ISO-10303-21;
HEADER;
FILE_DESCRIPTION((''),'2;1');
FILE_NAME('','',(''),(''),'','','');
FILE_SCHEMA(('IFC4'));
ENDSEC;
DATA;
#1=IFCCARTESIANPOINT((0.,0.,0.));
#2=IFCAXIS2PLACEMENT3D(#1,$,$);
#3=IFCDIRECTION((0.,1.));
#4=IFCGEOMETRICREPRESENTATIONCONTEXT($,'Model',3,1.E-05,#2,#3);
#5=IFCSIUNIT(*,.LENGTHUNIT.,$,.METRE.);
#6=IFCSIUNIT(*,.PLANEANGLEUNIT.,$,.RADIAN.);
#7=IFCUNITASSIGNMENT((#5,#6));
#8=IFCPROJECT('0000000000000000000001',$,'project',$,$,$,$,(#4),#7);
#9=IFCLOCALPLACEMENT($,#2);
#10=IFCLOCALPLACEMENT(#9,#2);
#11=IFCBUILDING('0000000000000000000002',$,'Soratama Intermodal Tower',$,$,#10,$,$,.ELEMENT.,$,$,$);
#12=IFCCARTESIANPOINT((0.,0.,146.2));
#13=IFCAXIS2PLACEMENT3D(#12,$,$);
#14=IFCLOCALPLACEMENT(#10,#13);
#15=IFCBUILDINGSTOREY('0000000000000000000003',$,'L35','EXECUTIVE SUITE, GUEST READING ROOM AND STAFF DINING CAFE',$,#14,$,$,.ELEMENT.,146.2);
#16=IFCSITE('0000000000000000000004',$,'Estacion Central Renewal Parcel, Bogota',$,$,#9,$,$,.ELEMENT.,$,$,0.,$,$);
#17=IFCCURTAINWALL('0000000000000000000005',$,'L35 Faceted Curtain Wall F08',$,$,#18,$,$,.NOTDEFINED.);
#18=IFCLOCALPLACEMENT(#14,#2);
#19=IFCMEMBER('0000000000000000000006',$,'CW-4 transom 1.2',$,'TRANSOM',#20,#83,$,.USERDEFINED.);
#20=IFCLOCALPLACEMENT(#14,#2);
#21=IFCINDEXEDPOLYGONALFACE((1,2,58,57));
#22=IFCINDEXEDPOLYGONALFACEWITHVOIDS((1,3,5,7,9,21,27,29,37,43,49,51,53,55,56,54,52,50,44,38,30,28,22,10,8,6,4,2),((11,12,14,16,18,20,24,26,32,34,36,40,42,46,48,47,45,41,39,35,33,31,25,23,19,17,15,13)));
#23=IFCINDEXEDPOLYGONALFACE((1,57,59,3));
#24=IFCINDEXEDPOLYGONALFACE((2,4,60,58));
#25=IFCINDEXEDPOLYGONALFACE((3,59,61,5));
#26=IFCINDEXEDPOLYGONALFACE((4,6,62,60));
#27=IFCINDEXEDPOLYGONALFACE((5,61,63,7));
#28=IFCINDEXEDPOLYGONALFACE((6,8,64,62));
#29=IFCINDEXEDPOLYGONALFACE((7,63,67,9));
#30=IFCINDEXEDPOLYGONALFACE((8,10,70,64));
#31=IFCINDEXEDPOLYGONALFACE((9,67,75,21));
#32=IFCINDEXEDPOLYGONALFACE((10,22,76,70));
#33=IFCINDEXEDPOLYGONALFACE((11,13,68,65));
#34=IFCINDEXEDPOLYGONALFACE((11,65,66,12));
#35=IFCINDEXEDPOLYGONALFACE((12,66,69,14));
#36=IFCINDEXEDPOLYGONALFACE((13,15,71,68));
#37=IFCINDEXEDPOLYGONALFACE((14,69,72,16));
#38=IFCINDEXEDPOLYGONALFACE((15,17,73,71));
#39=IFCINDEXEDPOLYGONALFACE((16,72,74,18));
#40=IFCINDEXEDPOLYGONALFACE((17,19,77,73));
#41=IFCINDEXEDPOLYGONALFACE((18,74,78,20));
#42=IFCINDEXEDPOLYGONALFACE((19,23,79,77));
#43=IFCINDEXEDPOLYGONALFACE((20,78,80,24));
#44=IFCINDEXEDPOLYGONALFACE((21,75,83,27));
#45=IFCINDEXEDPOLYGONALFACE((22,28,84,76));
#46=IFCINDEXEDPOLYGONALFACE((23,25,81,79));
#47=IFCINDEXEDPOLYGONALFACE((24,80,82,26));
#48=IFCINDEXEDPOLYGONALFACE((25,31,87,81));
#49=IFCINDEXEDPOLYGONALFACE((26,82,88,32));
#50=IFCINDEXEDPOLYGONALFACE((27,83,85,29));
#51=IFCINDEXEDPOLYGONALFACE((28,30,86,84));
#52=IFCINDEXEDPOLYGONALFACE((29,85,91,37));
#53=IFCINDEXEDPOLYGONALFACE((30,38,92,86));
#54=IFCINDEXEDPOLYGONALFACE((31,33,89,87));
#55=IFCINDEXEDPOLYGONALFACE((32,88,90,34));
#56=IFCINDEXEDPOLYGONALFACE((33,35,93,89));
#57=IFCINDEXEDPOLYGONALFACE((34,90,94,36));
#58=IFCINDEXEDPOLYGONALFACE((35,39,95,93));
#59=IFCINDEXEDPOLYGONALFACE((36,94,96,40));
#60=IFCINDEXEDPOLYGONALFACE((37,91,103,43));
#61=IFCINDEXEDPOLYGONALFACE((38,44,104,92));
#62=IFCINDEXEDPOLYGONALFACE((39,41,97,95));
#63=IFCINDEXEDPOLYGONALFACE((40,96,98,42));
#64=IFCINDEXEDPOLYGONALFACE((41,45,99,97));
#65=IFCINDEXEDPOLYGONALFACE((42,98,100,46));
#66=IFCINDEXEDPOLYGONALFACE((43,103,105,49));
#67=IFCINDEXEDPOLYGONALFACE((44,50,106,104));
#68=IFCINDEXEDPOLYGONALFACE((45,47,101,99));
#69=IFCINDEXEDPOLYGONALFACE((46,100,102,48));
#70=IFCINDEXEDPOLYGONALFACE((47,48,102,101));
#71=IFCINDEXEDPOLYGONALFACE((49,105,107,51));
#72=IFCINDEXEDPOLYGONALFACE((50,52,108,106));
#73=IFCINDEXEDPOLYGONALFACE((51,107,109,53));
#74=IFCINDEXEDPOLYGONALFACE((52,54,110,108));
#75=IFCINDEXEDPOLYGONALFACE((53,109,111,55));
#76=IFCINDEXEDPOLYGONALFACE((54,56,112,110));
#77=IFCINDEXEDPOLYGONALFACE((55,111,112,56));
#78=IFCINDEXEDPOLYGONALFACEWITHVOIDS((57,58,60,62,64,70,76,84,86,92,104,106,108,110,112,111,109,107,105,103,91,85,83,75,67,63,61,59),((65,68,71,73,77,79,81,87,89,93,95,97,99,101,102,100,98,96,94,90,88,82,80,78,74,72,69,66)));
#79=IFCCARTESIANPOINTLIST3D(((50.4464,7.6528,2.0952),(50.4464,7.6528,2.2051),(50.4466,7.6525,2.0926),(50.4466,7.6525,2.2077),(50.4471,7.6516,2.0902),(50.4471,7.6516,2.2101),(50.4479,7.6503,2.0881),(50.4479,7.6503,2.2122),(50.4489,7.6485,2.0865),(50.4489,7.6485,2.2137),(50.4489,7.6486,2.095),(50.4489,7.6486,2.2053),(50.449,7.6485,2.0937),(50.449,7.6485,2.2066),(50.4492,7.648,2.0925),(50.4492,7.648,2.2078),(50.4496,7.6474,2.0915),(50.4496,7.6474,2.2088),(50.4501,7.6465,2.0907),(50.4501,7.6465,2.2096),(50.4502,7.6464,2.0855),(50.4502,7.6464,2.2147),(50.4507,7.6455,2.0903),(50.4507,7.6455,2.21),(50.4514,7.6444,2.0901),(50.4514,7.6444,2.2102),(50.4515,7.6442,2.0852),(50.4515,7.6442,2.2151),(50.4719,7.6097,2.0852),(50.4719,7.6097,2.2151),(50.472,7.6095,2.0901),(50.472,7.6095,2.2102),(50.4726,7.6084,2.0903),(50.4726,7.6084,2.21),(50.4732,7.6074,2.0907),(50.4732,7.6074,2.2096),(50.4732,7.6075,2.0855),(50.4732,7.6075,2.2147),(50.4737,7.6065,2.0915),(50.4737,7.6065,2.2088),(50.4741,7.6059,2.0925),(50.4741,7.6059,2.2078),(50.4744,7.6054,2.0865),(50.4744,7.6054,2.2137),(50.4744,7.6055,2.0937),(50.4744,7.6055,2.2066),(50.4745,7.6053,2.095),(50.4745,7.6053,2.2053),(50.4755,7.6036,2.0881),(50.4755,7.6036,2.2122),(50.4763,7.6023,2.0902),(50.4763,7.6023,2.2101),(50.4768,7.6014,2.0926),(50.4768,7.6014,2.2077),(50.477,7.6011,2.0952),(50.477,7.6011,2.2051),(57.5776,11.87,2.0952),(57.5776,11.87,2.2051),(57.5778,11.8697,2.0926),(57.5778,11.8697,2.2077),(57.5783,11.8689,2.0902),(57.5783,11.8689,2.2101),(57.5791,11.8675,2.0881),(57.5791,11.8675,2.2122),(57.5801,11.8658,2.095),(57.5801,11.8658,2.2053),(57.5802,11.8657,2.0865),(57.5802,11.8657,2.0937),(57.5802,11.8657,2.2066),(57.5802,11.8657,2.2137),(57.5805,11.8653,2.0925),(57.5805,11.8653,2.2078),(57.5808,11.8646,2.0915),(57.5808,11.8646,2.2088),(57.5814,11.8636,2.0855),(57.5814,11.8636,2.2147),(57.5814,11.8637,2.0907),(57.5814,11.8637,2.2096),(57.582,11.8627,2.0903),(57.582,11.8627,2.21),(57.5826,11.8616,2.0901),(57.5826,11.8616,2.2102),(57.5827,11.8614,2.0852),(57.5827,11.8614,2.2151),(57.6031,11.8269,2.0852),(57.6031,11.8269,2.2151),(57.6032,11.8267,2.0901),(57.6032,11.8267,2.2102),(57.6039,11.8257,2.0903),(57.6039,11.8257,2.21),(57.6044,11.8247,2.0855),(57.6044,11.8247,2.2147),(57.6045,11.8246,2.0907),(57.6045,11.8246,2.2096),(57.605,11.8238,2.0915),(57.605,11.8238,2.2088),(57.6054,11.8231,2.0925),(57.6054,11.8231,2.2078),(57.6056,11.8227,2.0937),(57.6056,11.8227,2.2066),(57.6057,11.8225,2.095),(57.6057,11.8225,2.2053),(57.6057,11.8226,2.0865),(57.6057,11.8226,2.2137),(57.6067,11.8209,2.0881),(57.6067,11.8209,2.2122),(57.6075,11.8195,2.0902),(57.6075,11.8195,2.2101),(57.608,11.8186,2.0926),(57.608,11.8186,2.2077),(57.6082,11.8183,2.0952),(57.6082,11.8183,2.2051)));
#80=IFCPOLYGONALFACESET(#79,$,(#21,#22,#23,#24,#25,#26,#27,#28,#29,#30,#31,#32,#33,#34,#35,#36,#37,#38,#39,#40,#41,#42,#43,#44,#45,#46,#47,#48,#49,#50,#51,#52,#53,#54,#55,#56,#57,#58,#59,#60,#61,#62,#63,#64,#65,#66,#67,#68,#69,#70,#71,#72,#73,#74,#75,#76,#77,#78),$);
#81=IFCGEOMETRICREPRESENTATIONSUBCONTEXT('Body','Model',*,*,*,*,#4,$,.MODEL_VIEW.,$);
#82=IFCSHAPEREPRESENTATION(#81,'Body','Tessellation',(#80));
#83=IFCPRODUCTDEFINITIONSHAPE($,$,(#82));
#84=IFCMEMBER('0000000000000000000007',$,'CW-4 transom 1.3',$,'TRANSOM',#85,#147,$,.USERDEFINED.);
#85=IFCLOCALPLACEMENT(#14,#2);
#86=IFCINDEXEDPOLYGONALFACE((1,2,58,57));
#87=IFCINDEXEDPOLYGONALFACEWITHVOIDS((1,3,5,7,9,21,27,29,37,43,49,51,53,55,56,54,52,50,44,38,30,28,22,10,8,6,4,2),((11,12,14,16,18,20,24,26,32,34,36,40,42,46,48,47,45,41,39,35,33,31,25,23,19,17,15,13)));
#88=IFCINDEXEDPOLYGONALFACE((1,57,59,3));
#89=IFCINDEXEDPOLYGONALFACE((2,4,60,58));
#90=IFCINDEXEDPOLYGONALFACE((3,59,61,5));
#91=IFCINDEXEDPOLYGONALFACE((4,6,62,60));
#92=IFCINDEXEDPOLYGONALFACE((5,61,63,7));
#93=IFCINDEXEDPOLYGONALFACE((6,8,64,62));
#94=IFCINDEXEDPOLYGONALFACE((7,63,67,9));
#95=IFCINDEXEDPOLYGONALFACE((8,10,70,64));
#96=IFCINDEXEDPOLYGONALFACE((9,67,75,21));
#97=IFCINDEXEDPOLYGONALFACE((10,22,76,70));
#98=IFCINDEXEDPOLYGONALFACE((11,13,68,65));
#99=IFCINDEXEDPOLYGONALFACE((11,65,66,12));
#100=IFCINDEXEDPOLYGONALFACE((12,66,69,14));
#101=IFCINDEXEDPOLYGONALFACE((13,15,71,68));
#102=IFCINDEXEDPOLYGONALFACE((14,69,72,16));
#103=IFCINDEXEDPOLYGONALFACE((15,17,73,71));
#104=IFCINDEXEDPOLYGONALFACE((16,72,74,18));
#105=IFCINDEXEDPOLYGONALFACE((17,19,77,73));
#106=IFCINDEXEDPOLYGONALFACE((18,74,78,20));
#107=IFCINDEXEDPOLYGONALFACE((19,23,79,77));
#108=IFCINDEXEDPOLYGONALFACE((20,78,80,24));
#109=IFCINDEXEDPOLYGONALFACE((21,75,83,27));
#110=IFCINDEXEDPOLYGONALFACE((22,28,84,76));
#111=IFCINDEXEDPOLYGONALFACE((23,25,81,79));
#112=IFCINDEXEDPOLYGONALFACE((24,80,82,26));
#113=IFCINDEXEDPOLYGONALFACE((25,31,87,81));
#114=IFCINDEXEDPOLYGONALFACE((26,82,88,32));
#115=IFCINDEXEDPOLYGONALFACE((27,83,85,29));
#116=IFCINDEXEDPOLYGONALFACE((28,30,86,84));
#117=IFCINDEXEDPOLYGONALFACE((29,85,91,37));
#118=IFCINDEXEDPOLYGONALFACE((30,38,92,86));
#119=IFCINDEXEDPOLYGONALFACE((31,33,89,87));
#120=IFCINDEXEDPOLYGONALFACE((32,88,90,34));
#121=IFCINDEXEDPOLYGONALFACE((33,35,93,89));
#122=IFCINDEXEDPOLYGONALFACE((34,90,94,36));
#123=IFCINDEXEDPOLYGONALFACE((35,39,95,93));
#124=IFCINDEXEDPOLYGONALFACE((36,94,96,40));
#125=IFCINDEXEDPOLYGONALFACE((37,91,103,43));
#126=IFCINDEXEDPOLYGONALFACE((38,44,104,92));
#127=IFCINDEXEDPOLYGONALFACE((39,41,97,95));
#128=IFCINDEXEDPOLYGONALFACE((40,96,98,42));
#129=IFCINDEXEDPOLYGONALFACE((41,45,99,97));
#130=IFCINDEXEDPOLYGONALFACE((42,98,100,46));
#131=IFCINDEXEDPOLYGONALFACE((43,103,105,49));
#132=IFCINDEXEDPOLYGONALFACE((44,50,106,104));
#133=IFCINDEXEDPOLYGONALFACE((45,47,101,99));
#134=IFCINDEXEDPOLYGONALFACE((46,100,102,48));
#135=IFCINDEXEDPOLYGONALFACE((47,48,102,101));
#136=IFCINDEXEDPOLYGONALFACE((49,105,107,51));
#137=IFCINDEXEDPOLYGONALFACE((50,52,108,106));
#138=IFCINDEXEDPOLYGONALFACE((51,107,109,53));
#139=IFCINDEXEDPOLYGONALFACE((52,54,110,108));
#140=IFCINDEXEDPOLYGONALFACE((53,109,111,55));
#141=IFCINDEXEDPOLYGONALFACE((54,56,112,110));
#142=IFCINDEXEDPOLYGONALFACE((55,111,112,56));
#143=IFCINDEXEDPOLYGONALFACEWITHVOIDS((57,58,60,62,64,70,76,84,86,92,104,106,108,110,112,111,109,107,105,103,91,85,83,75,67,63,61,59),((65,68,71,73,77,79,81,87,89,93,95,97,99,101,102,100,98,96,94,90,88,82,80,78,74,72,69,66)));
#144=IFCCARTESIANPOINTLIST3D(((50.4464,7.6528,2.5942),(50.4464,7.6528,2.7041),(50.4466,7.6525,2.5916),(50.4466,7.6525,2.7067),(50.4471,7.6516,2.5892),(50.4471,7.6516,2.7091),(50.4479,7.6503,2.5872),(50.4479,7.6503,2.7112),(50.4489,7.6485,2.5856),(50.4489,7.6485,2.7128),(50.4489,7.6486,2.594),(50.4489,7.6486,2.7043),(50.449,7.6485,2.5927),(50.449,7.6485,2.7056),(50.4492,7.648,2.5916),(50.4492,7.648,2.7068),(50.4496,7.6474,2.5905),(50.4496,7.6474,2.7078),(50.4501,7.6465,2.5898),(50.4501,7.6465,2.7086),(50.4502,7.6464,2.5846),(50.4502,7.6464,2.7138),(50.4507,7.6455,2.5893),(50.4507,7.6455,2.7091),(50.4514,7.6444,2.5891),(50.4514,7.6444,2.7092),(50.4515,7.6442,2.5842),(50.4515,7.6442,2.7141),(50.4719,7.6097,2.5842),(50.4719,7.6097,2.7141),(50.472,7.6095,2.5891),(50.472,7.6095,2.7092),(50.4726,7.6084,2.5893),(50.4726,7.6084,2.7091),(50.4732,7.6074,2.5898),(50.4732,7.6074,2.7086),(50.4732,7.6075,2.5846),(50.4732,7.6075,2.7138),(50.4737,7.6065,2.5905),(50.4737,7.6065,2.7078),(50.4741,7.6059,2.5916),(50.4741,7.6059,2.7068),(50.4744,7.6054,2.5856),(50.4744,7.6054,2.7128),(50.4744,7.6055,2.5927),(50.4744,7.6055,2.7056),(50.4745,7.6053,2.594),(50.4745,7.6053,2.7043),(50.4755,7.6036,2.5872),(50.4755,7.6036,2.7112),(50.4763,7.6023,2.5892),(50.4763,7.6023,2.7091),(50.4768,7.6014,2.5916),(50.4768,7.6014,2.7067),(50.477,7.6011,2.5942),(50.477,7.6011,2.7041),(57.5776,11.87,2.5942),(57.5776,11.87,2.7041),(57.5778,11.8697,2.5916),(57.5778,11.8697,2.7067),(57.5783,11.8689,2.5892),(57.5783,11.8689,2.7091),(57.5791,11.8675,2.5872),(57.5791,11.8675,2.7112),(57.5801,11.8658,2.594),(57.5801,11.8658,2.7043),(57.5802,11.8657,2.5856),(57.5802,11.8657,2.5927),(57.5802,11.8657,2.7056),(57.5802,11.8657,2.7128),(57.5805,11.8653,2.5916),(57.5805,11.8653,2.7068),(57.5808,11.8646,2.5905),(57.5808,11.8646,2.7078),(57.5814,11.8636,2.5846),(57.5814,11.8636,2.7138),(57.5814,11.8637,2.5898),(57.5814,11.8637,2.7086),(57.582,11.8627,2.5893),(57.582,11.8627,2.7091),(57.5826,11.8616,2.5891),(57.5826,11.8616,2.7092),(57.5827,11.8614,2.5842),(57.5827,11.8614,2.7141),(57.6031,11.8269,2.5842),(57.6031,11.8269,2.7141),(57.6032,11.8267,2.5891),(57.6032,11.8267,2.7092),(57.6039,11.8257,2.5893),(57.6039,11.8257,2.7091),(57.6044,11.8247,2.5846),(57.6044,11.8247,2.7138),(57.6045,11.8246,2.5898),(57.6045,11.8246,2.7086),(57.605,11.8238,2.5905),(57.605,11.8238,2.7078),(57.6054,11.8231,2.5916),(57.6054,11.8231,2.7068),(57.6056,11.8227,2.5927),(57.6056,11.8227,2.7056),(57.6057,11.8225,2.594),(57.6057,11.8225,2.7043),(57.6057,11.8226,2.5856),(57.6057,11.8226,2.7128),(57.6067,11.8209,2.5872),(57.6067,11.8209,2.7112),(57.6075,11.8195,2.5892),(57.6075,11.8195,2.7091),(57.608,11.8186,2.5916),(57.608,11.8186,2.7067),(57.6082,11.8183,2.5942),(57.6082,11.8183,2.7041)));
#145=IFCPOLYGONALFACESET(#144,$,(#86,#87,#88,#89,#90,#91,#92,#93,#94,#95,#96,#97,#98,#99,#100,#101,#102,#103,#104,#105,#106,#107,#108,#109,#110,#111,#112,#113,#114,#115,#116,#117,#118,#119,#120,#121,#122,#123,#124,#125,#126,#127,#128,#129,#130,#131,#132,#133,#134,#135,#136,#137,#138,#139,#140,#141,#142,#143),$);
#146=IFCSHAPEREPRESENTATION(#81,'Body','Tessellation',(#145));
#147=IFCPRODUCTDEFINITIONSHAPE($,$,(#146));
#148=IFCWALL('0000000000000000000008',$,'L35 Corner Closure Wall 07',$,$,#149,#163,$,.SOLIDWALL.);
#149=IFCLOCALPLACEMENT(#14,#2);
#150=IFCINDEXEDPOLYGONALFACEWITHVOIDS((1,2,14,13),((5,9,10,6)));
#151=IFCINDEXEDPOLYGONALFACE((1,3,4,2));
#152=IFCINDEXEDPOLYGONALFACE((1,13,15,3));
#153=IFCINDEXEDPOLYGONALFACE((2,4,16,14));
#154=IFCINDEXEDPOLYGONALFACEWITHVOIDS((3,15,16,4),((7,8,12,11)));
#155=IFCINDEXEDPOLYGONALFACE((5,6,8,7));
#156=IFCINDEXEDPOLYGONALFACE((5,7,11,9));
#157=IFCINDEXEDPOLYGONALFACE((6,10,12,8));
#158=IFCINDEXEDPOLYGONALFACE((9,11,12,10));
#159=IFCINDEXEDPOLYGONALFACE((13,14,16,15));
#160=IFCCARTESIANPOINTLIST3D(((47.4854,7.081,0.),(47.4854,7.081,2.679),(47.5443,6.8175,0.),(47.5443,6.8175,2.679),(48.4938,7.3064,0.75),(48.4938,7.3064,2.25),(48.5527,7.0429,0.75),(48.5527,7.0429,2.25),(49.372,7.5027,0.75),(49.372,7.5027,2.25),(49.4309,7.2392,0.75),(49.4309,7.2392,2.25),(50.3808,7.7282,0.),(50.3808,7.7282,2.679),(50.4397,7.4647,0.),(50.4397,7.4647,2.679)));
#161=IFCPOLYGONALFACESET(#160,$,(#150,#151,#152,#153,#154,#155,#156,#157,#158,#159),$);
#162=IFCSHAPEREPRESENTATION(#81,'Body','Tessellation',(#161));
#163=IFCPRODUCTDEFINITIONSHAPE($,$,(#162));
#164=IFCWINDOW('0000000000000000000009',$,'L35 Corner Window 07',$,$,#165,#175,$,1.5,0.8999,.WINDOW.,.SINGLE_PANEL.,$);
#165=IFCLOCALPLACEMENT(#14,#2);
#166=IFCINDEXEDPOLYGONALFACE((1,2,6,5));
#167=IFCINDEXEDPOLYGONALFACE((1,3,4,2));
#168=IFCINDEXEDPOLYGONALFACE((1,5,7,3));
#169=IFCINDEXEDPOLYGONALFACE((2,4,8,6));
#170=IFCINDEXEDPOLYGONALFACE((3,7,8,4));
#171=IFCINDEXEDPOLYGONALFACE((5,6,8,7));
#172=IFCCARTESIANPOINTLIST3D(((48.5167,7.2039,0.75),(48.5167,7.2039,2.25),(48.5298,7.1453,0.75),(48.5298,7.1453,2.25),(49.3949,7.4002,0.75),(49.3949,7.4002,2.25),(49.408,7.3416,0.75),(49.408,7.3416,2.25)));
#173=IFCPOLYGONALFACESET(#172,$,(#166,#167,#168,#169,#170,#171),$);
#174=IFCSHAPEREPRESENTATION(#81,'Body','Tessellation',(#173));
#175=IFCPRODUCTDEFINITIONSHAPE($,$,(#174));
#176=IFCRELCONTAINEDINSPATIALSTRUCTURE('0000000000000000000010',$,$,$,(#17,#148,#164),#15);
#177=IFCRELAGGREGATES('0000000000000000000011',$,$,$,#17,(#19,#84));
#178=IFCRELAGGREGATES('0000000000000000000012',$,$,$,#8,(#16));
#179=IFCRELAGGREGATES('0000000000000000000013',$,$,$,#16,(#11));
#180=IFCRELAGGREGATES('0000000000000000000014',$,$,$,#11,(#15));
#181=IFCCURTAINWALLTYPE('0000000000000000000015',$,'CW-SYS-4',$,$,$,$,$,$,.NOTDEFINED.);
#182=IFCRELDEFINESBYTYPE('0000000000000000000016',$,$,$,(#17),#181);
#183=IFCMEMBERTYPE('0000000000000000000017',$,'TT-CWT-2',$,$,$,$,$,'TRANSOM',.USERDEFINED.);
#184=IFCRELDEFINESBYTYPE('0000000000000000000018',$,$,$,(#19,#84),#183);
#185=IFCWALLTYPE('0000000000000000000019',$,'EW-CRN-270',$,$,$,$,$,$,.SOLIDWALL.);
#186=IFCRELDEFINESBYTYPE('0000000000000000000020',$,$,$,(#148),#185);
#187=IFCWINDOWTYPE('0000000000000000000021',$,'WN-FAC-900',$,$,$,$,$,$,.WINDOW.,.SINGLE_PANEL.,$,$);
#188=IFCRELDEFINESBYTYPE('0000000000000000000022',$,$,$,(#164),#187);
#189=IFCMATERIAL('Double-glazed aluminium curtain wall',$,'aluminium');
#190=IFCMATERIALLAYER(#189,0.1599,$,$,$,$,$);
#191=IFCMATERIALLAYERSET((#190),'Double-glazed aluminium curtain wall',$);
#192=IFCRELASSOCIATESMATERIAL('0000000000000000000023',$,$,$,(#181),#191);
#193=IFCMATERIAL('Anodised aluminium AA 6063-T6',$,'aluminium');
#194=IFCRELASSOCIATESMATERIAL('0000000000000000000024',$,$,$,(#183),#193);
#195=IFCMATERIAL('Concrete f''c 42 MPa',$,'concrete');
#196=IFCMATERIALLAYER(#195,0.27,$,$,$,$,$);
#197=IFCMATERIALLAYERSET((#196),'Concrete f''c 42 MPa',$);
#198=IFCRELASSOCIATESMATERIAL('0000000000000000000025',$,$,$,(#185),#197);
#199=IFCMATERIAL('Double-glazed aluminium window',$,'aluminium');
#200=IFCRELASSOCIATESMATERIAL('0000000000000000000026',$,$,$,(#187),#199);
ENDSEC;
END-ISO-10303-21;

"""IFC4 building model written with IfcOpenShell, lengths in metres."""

from ifc_helpers import new_model, si_unit, direction, frame, frame_2d, origin, origin_2d, place, context, subcontext, project, spatial, rectangle, hollow_rectangle, extrude, material, layer, layer_set, material_profile, profile_set, type_object, element, fill, aggregate, save


model = new_model("IFC4")

# Units and contexts
model_context = context("Model", 3, precision=1e-05, world=origin(), true_north=direction((0.0, 1.0)))
body_context = subcontext(model_context, "Body", "Model", "MODEL_VIEW")
ifc_project = project(units=[si_unit("LENGTHUNIT", "METRE"), si_unit("PLANEANGLEUNIT", "RADIAN")], contexts=[model_context])

# Site, building, storey
site_placement = place(None, origin())
site = spatial("IfcSite", under=ifc_project, at=site_placement, Name="Estacion Central Renewal Parcel, Bogota", CompositionType="ELEMENT", RefElevation=0.0)
building_placement = place(site_placement, origin())
building = spatial("IfcBuilding", under=site, at=building_placement, Name="Soratama Intermodal Tower", CompositionType="ELEMENT")
storey_placement = place(building_placement, frame((0.0, 0.0, 146.2)))
storey = spatial("IfcBuildingStorey", under=building, at=storey_placement, Name="L35", Description="EXECUTIVE SUITE, GUEST READING ROOM AND STAFF DINING CAFE", CompositionType="ELEMENT", Elevation=146.2)

# Curtain wall, members
ifc_material_1 = material(Name="Double-glazed aluminium curtain wall", Category="aluminium")
ifc_layer_1 = layer(ifc_material_1, 0.1599)
ifc_layer_set_1 = layer_set([ifc_layer_1], Name="Double-glazed aluminium curtain wall")
curtain_wall_type = type_object("IfcCurtainWallType", Name="CW-SYS-4", PredefinedType="NOTDEFINED", material=ifc_layer_set_1)
curtain_wall_placement = place(storey_placement, origin())
curtain_wall = element("IfcCurtainWall", 1, at=curtain_wall_placement, inside=storey, type_object=curtain_wall_type, Name="L35 Faceted Curtain Wall F08", PredefinedType="NOTDEFINED")
ifc_material_2 = material(Name="Anodised aluminium AA 6063-T6", Category="aluminium")
ifc_material_profile_1 = material_profile(ifc_material_2, hollow_rectangle(XDim=0.0601, YDim=0.1299, WallThickness=0.0049, InnerFilletRadius=0.0049, OuterFilletRadius=0.01, at=origin_2d()), Name="CWT130X60X5")
ifc_profile_set_1 = profile_set([ifc_material_profile_1], Name="Anodised aluminium AA 6063-T6")
member_type_1 = type_object("IfcMemberType", Name="TT-CWT-2", ElementType="TRANSOM", PredefinedType="USERDEFINED", material=ifc_profile_set_1)
member_1_placement = place(storey_placement, frame((50.4617, 7.627, 2.1501), z_axis=(0.860752, 0.509025, 0.0), x_axis=(-0.509025, 0.860752, 0.0)))
member_1 = element("IfcMember", 2, at=member_1_placement, type_object=member_type_1, Name="CW-4 transom 1.2", ObjectType="TRANSOM", PredefinedType="USERDEFINED", context=body_context, shape_type="SweptSolid", body=[
    extrude(hollow_rectangle(XDim=0.0601, YDim=0.1299, WallThickness=0.0049, InnerFilletRadius=0.0049, OuterFilletRadius=0.01, at=origin_2d()), origin(), (0.0, 0.0, 1.0), 8.2849),
])
member_2_placement = place(storey_placement, frame((50.4617, 7.627, 2.6492), z_axis=(0.860752, 0.509025, 0.0), x_axis=(-0.509025, 0.860752, 0.0)))
member_2 = element("IfcMember", 3, at=member_2_placement, type_object=member_type_1, Name="CW-4 transom 1.3", ObjectType="TRANSOM", PredefinedType="USERDEFINED", context=body_context, shape_type="SweptSolid", body=[
    extrude(hollow_rectangle(XDim=0.0601, YDim=0.1299, WallThickness=0.0049, InnerFilletRadius=0.0049, OuterFilletRadius=0.01, at=origin_2d()), origin(), (0.0, 0.0, 1.0), 8.2849),
])
aggregate(curtain_wall, [member_1, member_2])

# Wall, opening, window
ifc_material_3 = material(Name="Concrete f'c 42 MPa", Category="concrete")
ifc_layer_2 = layer(ifc_material_3, 0.27)
ifc_layer_set_2 = layer_set([ifc_layer_2], Name="Concrete f'c 42 MPa")
wall_type_1 = type_object("IfcWallType", Name="EW-CRN-270", PredefinedType="SOLIDWALL", material=ifc_layer_set_2)
wall_1_placement = place(storey_placement, frame((47.5149, 6.9492, 0.0), z_axis=(0.0, 0.0, 1.0), x_axis=(0.975913, 0.218159, 0.0)))
wall_1 = element("IfcWall", 4, at=wall_1_placement, inside=storey, type_object=wall_type_1, Name="L35 Corner Closure Wall 07", PredefinedType="SOLIDWALL", context=body_context, shape_type="SweptSolid", body=[
    extrude(rectangle(XDim=2.9668, YDim=0.27, at=frame_2d((1.4834, 0.0))), origin(), (0.0, 0.0, 1.0), 2.679),
])
opening_1_placement = place(wall_1_placement, frame((1.0332, 0.0, 0.75)))
opening_1 = element("IfcOpeningElement", 5, at=opening_1_placement, cuts=wall_1, PredefinedType="OPENING", context=body_context, shape_type="SweptSolid", body=[
    extrude(rectangle(XDim=0.8999, YDim=1.5, at=frame_2d((0.45, 0.75))), frame((0.0, 0.145, 0.0), z_axis=(0.0, -1.0, 0.0), x_axis=(1.0, 0.0, 0.0)), (0.0, 0.0, 1.0), 0.29),
])
ifc_material_4 = material(Name="Double-glazed aluminium window", Category="aluminium")
window_type = type_object("IfcWindowType", Name="WN-FAC-900", PartitioningType="SINGLE_PANEL", PredefinedType="WINDOW", material=ifc_material_4)
window_placement = place(opening_1_placement, origin())
window = element("IfcWindow", 6, at=window_placement, inside=storey, type_object=window_type, Name="L35 Corner Window 07", OverallHeight=1.5, OverallWidth=0.8999, PartitioningType="SINGLE_PANEL", PredefinedType="WINDOW", context=body_context, shape_type="SweptSolid", body=[
    extrude(rectangle(XDim=0.8999, YDim=1.5, at=frame_2d((0.45, 0.75))), frame((0.0, 0.03, 0.0), z_axis=(0.0, -1.0, 0.0), x_axis=(1.0, 0.0, 0.0)), (0.0, 0.0, 1.0), 0.0601),
])
fill(opening_1, window)

save(model, "model.ifc")
